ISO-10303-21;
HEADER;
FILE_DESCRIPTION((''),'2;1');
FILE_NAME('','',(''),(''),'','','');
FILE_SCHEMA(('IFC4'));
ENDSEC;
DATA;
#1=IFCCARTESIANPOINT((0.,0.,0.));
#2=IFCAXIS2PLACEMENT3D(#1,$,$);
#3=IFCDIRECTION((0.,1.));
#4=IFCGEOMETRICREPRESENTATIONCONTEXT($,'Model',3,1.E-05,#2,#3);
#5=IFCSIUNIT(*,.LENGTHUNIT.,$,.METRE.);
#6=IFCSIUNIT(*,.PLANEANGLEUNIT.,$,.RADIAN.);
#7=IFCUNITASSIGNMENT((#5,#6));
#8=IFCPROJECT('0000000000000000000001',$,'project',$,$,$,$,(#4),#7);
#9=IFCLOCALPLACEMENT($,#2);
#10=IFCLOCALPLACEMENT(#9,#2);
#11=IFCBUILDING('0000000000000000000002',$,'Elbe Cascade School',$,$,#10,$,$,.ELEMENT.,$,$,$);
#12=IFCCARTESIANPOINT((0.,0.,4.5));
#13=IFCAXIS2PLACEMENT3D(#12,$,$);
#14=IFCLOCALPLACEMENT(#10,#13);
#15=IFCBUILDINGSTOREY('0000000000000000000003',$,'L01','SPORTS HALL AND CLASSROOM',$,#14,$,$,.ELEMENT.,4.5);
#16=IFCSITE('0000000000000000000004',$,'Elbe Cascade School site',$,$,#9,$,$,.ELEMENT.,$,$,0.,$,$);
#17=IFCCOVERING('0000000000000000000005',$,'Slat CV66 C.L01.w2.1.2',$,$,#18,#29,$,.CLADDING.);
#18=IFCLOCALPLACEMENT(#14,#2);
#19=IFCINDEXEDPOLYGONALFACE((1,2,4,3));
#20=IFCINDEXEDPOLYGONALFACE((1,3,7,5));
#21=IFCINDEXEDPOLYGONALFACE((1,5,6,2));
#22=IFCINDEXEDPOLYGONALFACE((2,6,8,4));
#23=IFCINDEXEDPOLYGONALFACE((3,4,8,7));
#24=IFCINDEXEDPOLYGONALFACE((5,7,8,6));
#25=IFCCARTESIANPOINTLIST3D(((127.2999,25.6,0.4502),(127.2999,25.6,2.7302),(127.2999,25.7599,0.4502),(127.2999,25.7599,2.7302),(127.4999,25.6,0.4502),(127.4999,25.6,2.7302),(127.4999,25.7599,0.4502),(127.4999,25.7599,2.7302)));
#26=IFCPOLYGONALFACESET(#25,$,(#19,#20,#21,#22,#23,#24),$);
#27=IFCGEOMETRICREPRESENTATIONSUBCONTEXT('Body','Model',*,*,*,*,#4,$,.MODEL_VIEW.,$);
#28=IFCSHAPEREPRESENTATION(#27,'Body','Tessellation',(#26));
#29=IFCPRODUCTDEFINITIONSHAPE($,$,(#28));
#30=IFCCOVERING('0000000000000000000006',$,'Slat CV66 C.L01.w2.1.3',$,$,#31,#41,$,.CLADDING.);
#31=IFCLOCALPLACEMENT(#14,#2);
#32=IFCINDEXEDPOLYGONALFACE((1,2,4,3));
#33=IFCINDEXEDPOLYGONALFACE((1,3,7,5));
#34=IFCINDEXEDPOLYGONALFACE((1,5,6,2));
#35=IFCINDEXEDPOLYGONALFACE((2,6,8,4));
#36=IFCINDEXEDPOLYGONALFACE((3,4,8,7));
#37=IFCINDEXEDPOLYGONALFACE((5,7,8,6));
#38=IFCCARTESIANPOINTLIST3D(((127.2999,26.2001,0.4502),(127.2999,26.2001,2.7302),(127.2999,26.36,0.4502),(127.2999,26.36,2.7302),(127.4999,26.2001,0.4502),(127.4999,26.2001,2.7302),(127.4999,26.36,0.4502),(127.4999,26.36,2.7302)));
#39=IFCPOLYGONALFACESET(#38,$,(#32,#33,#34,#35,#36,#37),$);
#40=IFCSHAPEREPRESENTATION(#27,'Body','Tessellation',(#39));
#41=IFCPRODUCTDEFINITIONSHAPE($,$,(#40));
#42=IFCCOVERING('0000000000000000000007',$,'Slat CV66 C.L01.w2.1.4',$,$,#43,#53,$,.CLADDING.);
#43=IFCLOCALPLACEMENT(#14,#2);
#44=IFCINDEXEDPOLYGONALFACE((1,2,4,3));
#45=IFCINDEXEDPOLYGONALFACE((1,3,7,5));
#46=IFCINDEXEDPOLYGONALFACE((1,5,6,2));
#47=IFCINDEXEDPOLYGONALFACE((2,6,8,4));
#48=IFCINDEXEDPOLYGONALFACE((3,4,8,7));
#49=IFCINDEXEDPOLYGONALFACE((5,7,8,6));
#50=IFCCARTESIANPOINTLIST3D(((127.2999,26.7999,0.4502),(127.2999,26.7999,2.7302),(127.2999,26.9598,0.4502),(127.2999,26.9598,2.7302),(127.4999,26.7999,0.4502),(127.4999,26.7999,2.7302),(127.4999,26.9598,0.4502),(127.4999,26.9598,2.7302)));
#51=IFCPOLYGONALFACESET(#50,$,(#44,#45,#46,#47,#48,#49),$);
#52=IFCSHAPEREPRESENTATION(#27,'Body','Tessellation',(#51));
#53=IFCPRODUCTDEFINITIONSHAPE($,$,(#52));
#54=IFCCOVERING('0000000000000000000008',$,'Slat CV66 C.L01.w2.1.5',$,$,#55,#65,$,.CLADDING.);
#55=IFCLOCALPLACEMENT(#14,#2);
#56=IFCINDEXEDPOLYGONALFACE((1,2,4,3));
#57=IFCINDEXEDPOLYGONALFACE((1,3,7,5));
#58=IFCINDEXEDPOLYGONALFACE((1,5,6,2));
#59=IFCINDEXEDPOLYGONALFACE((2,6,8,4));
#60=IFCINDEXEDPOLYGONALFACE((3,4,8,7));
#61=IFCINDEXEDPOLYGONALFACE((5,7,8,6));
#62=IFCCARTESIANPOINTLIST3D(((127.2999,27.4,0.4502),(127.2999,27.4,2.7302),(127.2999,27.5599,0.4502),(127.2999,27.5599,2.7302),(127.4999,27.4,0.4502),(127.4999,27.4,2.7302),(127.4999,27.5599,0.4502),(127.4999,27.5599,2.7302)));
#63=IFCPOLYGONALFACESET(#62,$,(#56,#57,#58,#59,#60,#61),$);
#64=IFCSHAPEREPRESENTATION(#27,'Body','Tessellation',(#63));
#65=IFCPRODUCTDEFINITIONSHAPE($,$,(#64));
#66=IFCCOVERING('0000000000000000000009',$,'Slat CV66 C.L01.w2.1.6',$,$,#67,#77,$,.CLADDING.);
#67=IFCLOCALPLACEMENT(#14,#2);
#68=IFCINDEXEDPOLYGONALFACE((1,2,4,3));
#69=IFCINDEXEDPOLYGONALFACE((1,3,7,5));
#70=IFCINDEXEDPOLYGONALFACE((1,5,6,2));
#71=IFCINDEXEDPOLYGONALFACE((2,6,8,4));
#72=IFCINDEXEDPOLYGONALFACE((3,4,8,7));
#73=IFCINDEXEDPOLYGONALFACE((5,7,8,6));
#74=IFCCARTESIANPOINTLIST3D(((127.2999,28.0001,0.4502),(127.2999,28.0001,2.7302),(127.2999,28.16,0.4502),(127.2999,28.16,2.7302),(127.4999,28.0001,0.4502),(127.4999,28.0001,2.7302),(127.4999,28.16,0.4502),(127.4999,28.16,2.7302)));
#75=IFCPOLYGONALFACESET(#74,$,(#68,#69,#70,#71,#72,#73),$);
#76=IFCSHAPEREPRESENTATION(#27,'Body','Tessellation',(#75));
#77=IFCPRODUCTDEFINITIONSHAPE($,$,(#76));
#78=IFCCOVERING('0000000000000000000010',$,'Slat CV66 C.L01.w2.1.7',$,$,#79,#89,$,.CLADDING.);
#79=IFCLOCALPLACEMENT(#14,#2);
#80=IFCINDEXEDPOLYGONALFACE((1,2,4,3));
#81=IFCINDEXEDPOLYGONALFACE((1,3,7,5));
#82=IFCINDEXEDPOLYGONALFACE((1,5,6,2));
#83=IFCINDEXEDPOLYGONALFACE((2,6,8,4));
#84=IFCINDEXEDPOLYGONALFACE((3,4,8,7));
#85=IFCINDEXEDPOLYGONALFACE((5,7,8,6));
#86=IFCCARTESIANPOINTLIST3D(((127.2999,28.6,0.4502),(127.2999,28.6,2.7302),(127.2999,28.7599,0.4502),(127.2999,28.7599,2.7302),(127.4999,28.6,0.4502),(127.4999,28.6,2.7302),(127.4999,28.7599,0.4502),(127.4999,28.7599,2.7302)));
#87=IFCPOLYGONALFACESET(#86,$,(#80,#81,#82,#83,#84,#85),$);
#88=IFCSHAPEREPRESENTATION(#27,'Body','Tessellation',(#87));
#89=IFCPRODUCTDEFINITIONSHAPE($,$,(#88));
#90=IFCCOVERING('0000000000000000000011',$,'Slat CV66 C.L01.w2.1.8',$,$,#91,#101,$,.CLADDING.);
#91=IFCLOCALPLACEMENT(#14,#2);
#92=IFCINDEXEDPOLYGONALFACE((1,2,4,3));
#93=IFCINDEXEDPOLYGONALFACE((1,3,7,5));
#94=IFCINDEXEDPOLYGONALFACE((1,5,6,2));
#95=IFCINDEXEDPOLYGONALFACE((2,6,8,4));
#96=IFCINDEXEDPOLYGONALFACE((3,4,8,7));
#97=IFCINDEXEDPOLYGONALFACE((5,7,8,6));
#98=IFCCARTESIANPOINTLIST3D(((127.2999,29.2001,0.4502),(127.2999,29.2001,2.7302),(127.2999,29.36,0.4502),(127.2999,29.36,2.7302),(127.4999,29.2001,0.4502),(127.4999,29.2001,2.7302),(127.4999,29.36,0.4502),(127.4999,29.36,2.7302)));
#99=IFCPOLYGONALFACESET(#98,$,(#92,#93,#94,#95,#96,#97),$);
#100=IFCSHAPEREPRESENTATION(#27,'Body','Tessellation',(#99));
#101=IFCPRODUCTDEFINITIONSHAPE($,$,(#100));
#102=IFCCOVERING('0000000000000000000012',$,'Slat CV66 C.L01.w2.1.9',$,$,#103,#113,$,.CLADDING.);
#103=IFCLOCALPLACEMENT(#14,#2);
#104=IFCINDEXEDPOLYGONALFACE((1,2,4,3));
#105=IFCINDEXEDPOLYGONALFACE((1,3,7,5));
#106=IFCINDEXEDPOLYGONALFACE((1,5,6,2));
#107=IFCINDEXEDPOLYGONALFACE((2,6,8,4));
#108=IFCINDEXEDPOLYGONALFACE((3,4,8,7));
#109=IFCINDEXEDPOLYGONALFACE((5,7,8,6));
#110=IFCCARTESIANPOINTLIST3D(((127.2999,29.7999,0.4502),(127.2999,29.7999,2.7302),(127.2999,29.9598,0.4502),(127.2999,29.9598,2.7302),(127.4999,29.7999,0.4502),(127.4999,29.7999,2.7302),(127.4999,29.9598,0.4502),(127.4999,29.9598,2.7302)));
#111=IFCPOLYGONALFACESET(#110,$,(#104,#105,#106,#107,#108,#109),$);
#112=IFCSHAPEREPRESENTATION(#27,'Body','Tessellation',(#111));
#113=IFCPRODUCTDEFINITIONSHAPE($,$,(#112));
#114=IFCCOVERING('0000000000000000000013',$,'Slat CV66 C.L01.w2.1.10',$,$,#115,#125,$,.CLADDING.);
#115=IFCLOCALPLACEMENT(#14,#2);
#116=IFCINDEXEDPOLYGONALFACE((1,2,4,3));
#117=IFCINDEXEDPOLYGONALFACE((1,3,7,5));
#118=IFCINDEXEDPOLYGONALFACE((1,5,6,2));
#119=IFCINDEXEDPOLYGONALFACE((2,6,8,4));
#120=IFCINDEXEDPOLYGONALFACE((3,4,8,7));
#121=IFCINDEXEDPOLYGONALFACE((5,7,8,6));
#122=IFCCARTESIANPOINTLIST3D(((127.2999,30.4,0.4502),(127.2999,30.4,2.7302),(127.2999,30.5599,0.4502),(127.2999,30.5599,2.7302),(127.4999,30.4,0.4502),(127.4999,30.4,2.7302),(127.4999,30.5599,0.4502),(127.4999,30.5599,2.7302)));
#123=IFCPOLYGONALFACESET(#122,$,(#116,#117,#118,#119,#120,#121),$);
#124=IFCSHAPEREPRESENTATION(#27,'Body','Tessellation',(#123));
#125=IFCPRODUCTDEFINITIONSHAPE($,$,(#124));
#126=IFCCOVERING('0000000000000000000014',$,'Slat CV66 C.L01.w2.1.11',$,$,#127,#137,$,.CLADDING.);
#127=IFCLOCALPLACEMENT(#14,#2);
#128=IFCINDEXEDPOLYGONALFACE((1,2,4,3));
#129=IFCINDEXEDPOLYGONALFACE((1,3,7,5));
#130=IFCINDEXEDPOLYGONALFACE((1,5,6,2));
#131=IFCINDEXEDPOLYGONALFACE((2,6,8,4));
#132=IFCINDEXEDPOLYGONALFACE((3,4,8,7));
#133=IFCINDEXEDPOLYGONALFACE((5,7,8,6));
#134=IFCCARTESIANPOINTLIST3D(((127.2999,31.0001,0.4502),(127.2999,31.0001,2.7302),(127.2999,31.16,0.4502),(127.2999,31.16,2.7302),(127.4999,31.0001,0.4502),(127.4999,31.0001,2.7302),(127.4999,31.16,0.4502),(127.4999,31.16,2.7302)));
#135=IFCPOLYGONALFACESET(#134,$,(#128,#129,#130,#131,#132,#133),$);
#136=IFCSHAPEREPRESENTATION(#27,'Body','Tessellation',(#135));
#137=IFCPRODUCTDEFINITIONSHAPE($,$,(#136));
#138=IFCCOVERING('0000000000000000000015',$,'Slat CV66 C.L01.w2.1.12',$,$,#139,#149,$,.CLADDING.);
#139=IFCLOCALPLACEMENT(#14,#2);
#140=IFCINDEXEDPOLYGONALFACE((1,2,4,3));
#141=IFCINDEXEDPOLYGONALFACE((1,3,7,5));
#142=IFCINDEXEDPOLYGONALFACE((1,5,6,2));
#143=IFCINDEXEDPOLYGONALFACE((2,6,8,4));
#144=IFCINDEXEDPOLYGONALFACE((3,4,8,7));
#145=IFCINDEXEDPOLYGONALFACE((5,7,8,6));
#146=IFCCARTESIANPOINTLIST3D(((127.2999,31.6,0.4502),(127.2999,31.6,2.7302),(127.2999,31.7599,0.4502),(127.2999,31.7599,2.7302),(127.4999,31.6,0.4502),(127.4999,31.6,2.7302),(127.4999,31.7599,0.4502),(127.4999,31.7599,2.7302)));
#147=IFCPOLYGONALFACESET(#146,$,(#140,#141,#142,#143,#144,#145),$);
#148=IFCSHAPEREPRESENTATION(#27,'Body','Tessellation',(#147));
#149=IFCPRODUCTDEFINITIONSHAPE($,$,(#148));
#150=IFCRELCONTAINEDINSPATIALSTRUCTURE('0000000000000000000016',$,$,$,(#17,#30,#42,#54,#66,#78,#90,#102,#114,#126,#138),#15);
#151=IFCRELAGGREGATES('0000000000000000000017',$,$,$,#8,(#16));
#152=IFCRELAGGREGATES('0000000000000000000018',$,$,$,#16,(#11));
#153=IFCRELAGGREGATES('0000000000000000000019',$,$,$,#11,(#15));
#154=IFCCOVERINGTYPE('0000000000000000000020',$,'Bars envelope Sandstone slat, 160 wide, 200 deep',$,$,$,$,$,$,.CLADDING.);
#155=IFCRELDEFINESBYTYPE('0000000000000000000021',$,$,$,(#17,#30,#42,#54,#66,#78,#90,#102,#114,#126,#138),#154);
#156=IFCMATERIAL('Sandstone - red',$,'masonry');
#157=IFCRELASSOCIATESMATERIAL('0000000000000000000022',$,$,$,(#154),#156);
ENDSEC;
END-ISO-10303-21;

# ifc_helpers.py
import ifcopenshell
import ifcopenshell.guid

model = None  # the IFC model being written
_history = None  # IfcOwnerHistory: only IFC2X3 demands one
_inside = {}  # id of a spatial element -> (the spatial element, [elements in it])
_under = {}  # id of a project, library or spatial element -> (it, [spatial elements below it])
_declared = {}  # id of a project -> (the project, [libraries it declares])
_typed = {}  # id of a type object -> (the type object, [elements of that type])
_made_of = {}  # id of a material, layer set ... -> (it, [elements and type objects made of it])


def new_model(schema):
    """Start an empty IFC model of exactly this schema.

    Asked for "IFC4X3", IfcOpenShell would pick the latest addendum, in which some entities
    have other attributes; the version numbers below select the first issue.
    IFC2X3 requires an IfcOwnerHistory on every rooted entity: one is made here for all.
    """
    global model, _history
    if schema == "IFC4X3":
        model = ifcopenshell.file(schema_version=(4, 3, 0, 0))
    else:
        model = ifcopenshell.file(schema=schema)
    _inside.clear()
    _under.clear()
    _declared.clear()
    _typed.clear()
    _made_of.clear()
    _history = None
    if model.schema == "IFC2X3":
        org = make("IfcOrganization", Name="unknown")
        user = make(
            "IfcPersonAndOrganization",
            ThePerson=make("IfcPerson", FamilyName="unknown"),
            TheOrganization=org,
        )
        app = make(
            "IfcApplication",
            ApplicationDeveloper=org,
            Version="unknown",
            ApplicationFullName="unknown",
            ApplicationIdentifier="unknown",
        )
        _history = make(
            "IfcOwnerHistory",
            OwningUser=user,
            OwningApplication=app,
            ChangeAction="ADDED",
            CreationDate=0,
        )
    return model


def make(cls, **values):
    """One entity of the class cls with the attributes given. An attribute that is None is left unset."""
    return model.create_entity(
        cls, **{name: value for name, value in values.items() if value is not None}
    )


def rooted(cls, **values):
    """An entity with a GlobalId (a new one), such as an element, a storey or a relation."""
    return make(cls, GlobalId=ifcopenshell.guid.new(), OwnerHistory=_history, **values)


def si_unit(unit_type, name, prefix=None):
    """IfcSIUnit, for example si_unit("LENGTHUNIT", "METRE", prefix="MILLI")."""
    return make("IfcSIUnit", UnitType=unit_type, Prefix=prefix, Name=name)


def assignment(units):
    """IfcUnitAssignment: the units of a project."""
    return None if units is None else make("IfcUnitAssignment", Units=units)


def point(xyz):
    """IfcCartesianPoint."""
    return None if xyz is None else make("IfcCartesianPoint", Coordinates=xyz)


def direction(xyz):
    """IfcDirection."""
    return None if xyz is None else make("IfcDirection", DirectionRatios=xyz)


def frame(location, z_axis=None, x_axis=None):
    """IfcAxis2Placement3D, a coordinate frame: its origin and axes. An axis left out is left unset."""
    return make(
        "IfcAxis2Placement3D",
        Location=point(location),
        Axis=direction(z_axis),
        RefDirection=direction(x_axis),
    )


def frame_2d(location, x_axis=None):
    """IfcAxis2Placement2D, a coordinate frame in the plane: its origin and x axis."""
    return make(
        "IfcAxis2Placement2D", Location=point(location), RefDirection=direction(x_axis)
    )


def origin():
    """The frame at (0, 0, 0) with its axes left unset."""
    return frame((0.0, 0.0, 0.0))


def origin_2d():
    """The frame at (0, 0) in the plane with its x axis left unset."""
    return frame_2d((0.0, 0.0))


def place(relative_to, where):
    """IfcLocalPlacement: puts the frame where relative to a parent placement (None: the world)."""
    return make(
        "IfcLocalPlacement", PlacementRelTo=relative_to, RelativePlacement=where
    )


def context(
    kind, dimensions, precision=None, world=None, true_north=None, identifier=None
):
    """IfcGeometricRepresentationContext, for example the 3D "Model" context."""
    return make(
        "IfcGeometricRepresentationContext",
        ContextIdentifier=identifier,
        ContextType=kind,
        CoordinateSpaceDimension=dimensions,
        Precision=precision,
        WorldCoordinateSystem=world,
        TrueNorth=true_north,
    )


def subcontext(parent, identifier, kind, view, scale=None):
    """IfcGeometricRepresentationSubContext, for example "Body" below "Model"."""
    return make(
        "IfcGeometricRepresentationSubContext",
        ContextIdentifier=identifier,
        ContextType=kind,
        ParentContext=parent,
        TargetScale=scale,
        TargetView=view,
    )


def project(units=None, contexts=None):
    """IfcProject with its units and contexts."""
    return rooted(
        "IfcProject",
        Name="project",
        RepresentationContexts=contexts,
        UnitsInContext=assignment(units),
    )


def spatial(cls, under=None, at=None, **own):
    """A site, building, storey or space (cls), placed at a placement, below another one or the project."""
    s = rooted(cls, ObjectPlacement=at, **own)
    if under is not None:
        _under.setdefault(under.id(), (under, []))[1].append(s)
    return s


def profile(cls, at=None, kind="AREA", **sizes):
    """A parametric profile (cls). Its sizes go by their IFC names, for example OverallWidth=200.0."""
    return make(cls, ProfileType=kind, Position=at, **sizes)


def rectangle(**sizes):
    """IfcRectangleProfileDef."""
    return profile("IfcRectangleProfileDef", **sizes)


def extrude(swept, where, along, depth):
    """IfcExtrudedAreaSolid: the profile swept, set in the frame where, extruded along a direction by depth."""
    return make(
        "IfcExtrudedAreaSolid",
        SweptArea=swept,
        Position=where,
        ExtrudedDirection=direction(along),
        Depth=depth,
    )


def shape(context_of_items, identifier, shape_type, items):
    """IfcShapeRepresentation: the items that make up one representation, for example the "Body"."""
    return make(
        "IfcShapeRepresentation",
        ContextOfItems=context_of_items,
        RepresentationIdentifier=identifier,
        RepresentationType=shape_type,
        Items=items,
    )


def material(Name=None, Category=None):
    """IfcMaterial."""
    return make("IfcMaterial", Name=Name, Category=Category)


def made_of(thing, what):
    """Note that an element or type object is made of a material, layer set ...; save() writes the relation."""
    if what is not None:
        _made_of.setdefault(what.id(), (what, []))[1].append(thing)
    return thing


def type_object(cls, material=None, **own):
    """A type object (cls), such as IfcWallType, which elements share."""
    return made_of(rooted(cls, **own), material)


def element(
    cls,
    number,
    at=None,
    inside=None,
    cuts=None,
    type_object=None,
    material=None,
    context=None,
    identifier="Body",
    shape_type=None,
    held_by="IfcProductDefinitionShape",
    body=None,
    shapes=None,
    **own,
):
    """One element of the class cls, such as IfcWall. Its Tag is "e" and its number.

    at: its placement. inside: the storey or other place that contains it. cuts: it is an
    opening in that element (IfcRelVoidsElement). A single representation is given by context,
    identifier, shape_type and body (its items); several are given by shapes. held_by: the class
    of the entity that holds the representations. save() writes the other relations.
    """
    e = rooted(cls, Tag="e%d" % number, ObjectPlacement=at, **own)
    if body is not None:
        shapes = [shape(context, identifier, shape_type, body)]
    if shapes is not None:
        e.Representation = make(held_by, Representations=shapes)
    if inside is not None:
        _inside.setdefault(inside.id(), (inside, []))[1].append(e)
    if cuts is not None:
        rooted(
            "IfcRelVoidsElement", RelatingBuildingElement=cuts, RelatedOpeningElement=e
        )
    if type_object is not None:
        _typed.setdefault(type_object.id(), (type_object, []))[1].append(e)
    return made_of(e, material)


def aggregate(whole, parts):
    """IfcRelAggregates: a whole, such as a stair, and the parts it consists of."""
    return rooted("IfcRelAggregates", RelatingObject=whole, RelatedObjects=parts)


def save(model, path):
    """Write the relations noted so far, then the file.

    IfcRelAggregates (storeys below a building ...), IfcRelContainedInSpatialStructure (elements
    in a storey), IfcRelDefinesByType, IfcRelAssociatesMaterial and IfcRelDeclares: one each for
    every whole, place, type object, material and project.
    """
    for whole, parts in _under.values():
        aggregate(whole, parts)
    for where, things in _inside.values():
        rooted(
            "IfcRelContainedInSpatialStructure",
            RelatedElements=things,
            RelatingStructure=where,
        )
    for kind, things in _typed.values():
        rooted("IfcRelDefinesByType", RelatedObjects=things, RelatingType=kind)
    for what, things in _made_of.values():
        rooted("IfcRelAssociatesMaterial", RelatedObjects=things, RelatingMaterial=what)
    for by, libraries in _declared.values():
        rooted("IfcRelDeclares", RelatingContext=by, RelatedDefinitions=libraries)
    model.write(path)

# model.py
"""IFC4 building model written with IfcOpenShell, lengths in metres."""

from ifc_helpers import new_model, si_unit, direction, frame, origin, origin_2d, place, context, subcontext, project, spatial, rectangle, extrude, material, type_object, element, save


model = new_model("IFC4")

# Units and contexts
model_context = context("Model", 3, precision=1e-05, world=origin(), true_north=direction((0.0, 1.0)))
body_context = subcontext(model_context, "Body", "Model", "MODEL_VIEW")
ifc_project = project(units=[si_unit("LENGTHUNIT", "METRE"), si_unit("PLANEANGLEUNIT", "RADIAN")], contexts=[model_context])

# Site, building, storey
site_placement = place(None, origin())
site = spatial("IfcSite", under=ifc_project, at=site_placement, Name="Elbe Cascade School site", CompositionType="ELEMENT", RefElevation=0.0)
building_placement = place(site_placement, origin())
building = spatial("IfcBuilding", under=site, at=building_placement, Name="Elbe Cascade School", CompositionType="ELEMENT")
storey_placement = place(building_placement, frame((0.0, 0.0, 4.5)))
storey = spatial("IfcBuildingStorey", under=building, at=storey_placement, Name="L01", Description="SPORTS HALL AND CLASSROOM", CompositionType="ELEMENT", Elevation=4.5)

# Coverings
ifc_material_1 = material(Name="Sandstone - red", Category="masonry")
covering_type_1 = type_object("IfcCoveringType", Name="Bars envelope Sandstone slat, 160 wide, 200 deep", PredefinedType="CLADDING", material=ifc_material_1)
for number, where, z_axis, x_axis, name in (
    (1, (127.3999, 25.6799, 0.4502), (0.0, 0.0, 1.0), (0.0, 1.0, 0.0), "Slat CV66 C.L01.w2.1.2"),
    (2, (127.3999, 26.28, 0.4502), (0.0, 0.0, 1.0), (0.0, 1.0, 0.0), "Slat CV66 C.L01.w2.1.3"),
    (3, (127.3999, 26.8799, 0.4502), (0.0, 0.0, 1.0), (0.0, 1.0, 0.0), "Slat CV66 C.L01.w2.1.4"),
    (4, (127.3999, 27.48, 0.4502), (0.0, 0.0, 1.0), (0.0, 1.0, 0.0), "Slat CV66 C.L01.w2.1.5"),
    (5, (127.3999, 28.0801, 0.4502), (0.0, 0.0, 1.0), (0.0, 1.0, 0.0), "Slat CV66 C.L01.w2.1.6"),
    (6, (127.3999, 28.6799, 0.4502), (0.0, 0.0, 1.0), (0.0, 1.0, 0.0), "Slat CV66 C.L01.w2.1.7"),
    (7, (127.3999, 29.28, 0.4502), (0.0, 0.0, 1.0), (0.0, 1.0, 0.0), "Slat CV66 C.L01.w2.1.8"),
    (8, (127.3999, 29.8799, 0.4502), (0.0, 0.0, 1.0), (0.0, 1.0, 0.0), "Slat CV66 C.L01.w2.1.9"),
    (9, (127.3999, 30.48, 0.4502), (0.0, 0.0, 1.0), (0.0, 1.0, 0.0), "Slat CV66 C.L01.w2.1.10"),
    (10, (127.3999, 31.0801, 0.4502), (0.0, 0.0, 1.0), (0.0, 1.0, 0.0), "Slat CV66 C.L01.w2.1.11"),
    (11, (127.3999, 31.6799, 0.4502), (0.0, 0.0, 1.0), (0.0, 1.0, 0.0), "Slat CV66 C.L01.w2.1.12"),
):
    element("IfcCovering", number, at=place(storey_placement, frame(where, z_axis=z_axis, x_axis=x_axis)), inside=storey, type_object=covering_type_1, Name=name, PredefinedType="CLADDING", context=body_context, shape_type="SweptSolid", body=[
        extrude(rectangle(XDim=0.1599, YDim=0.2, at=origin_2d()), origin(), (0.0, 0.0, 1.0), 2.28),
    ])

save(model, "model.ifc")
